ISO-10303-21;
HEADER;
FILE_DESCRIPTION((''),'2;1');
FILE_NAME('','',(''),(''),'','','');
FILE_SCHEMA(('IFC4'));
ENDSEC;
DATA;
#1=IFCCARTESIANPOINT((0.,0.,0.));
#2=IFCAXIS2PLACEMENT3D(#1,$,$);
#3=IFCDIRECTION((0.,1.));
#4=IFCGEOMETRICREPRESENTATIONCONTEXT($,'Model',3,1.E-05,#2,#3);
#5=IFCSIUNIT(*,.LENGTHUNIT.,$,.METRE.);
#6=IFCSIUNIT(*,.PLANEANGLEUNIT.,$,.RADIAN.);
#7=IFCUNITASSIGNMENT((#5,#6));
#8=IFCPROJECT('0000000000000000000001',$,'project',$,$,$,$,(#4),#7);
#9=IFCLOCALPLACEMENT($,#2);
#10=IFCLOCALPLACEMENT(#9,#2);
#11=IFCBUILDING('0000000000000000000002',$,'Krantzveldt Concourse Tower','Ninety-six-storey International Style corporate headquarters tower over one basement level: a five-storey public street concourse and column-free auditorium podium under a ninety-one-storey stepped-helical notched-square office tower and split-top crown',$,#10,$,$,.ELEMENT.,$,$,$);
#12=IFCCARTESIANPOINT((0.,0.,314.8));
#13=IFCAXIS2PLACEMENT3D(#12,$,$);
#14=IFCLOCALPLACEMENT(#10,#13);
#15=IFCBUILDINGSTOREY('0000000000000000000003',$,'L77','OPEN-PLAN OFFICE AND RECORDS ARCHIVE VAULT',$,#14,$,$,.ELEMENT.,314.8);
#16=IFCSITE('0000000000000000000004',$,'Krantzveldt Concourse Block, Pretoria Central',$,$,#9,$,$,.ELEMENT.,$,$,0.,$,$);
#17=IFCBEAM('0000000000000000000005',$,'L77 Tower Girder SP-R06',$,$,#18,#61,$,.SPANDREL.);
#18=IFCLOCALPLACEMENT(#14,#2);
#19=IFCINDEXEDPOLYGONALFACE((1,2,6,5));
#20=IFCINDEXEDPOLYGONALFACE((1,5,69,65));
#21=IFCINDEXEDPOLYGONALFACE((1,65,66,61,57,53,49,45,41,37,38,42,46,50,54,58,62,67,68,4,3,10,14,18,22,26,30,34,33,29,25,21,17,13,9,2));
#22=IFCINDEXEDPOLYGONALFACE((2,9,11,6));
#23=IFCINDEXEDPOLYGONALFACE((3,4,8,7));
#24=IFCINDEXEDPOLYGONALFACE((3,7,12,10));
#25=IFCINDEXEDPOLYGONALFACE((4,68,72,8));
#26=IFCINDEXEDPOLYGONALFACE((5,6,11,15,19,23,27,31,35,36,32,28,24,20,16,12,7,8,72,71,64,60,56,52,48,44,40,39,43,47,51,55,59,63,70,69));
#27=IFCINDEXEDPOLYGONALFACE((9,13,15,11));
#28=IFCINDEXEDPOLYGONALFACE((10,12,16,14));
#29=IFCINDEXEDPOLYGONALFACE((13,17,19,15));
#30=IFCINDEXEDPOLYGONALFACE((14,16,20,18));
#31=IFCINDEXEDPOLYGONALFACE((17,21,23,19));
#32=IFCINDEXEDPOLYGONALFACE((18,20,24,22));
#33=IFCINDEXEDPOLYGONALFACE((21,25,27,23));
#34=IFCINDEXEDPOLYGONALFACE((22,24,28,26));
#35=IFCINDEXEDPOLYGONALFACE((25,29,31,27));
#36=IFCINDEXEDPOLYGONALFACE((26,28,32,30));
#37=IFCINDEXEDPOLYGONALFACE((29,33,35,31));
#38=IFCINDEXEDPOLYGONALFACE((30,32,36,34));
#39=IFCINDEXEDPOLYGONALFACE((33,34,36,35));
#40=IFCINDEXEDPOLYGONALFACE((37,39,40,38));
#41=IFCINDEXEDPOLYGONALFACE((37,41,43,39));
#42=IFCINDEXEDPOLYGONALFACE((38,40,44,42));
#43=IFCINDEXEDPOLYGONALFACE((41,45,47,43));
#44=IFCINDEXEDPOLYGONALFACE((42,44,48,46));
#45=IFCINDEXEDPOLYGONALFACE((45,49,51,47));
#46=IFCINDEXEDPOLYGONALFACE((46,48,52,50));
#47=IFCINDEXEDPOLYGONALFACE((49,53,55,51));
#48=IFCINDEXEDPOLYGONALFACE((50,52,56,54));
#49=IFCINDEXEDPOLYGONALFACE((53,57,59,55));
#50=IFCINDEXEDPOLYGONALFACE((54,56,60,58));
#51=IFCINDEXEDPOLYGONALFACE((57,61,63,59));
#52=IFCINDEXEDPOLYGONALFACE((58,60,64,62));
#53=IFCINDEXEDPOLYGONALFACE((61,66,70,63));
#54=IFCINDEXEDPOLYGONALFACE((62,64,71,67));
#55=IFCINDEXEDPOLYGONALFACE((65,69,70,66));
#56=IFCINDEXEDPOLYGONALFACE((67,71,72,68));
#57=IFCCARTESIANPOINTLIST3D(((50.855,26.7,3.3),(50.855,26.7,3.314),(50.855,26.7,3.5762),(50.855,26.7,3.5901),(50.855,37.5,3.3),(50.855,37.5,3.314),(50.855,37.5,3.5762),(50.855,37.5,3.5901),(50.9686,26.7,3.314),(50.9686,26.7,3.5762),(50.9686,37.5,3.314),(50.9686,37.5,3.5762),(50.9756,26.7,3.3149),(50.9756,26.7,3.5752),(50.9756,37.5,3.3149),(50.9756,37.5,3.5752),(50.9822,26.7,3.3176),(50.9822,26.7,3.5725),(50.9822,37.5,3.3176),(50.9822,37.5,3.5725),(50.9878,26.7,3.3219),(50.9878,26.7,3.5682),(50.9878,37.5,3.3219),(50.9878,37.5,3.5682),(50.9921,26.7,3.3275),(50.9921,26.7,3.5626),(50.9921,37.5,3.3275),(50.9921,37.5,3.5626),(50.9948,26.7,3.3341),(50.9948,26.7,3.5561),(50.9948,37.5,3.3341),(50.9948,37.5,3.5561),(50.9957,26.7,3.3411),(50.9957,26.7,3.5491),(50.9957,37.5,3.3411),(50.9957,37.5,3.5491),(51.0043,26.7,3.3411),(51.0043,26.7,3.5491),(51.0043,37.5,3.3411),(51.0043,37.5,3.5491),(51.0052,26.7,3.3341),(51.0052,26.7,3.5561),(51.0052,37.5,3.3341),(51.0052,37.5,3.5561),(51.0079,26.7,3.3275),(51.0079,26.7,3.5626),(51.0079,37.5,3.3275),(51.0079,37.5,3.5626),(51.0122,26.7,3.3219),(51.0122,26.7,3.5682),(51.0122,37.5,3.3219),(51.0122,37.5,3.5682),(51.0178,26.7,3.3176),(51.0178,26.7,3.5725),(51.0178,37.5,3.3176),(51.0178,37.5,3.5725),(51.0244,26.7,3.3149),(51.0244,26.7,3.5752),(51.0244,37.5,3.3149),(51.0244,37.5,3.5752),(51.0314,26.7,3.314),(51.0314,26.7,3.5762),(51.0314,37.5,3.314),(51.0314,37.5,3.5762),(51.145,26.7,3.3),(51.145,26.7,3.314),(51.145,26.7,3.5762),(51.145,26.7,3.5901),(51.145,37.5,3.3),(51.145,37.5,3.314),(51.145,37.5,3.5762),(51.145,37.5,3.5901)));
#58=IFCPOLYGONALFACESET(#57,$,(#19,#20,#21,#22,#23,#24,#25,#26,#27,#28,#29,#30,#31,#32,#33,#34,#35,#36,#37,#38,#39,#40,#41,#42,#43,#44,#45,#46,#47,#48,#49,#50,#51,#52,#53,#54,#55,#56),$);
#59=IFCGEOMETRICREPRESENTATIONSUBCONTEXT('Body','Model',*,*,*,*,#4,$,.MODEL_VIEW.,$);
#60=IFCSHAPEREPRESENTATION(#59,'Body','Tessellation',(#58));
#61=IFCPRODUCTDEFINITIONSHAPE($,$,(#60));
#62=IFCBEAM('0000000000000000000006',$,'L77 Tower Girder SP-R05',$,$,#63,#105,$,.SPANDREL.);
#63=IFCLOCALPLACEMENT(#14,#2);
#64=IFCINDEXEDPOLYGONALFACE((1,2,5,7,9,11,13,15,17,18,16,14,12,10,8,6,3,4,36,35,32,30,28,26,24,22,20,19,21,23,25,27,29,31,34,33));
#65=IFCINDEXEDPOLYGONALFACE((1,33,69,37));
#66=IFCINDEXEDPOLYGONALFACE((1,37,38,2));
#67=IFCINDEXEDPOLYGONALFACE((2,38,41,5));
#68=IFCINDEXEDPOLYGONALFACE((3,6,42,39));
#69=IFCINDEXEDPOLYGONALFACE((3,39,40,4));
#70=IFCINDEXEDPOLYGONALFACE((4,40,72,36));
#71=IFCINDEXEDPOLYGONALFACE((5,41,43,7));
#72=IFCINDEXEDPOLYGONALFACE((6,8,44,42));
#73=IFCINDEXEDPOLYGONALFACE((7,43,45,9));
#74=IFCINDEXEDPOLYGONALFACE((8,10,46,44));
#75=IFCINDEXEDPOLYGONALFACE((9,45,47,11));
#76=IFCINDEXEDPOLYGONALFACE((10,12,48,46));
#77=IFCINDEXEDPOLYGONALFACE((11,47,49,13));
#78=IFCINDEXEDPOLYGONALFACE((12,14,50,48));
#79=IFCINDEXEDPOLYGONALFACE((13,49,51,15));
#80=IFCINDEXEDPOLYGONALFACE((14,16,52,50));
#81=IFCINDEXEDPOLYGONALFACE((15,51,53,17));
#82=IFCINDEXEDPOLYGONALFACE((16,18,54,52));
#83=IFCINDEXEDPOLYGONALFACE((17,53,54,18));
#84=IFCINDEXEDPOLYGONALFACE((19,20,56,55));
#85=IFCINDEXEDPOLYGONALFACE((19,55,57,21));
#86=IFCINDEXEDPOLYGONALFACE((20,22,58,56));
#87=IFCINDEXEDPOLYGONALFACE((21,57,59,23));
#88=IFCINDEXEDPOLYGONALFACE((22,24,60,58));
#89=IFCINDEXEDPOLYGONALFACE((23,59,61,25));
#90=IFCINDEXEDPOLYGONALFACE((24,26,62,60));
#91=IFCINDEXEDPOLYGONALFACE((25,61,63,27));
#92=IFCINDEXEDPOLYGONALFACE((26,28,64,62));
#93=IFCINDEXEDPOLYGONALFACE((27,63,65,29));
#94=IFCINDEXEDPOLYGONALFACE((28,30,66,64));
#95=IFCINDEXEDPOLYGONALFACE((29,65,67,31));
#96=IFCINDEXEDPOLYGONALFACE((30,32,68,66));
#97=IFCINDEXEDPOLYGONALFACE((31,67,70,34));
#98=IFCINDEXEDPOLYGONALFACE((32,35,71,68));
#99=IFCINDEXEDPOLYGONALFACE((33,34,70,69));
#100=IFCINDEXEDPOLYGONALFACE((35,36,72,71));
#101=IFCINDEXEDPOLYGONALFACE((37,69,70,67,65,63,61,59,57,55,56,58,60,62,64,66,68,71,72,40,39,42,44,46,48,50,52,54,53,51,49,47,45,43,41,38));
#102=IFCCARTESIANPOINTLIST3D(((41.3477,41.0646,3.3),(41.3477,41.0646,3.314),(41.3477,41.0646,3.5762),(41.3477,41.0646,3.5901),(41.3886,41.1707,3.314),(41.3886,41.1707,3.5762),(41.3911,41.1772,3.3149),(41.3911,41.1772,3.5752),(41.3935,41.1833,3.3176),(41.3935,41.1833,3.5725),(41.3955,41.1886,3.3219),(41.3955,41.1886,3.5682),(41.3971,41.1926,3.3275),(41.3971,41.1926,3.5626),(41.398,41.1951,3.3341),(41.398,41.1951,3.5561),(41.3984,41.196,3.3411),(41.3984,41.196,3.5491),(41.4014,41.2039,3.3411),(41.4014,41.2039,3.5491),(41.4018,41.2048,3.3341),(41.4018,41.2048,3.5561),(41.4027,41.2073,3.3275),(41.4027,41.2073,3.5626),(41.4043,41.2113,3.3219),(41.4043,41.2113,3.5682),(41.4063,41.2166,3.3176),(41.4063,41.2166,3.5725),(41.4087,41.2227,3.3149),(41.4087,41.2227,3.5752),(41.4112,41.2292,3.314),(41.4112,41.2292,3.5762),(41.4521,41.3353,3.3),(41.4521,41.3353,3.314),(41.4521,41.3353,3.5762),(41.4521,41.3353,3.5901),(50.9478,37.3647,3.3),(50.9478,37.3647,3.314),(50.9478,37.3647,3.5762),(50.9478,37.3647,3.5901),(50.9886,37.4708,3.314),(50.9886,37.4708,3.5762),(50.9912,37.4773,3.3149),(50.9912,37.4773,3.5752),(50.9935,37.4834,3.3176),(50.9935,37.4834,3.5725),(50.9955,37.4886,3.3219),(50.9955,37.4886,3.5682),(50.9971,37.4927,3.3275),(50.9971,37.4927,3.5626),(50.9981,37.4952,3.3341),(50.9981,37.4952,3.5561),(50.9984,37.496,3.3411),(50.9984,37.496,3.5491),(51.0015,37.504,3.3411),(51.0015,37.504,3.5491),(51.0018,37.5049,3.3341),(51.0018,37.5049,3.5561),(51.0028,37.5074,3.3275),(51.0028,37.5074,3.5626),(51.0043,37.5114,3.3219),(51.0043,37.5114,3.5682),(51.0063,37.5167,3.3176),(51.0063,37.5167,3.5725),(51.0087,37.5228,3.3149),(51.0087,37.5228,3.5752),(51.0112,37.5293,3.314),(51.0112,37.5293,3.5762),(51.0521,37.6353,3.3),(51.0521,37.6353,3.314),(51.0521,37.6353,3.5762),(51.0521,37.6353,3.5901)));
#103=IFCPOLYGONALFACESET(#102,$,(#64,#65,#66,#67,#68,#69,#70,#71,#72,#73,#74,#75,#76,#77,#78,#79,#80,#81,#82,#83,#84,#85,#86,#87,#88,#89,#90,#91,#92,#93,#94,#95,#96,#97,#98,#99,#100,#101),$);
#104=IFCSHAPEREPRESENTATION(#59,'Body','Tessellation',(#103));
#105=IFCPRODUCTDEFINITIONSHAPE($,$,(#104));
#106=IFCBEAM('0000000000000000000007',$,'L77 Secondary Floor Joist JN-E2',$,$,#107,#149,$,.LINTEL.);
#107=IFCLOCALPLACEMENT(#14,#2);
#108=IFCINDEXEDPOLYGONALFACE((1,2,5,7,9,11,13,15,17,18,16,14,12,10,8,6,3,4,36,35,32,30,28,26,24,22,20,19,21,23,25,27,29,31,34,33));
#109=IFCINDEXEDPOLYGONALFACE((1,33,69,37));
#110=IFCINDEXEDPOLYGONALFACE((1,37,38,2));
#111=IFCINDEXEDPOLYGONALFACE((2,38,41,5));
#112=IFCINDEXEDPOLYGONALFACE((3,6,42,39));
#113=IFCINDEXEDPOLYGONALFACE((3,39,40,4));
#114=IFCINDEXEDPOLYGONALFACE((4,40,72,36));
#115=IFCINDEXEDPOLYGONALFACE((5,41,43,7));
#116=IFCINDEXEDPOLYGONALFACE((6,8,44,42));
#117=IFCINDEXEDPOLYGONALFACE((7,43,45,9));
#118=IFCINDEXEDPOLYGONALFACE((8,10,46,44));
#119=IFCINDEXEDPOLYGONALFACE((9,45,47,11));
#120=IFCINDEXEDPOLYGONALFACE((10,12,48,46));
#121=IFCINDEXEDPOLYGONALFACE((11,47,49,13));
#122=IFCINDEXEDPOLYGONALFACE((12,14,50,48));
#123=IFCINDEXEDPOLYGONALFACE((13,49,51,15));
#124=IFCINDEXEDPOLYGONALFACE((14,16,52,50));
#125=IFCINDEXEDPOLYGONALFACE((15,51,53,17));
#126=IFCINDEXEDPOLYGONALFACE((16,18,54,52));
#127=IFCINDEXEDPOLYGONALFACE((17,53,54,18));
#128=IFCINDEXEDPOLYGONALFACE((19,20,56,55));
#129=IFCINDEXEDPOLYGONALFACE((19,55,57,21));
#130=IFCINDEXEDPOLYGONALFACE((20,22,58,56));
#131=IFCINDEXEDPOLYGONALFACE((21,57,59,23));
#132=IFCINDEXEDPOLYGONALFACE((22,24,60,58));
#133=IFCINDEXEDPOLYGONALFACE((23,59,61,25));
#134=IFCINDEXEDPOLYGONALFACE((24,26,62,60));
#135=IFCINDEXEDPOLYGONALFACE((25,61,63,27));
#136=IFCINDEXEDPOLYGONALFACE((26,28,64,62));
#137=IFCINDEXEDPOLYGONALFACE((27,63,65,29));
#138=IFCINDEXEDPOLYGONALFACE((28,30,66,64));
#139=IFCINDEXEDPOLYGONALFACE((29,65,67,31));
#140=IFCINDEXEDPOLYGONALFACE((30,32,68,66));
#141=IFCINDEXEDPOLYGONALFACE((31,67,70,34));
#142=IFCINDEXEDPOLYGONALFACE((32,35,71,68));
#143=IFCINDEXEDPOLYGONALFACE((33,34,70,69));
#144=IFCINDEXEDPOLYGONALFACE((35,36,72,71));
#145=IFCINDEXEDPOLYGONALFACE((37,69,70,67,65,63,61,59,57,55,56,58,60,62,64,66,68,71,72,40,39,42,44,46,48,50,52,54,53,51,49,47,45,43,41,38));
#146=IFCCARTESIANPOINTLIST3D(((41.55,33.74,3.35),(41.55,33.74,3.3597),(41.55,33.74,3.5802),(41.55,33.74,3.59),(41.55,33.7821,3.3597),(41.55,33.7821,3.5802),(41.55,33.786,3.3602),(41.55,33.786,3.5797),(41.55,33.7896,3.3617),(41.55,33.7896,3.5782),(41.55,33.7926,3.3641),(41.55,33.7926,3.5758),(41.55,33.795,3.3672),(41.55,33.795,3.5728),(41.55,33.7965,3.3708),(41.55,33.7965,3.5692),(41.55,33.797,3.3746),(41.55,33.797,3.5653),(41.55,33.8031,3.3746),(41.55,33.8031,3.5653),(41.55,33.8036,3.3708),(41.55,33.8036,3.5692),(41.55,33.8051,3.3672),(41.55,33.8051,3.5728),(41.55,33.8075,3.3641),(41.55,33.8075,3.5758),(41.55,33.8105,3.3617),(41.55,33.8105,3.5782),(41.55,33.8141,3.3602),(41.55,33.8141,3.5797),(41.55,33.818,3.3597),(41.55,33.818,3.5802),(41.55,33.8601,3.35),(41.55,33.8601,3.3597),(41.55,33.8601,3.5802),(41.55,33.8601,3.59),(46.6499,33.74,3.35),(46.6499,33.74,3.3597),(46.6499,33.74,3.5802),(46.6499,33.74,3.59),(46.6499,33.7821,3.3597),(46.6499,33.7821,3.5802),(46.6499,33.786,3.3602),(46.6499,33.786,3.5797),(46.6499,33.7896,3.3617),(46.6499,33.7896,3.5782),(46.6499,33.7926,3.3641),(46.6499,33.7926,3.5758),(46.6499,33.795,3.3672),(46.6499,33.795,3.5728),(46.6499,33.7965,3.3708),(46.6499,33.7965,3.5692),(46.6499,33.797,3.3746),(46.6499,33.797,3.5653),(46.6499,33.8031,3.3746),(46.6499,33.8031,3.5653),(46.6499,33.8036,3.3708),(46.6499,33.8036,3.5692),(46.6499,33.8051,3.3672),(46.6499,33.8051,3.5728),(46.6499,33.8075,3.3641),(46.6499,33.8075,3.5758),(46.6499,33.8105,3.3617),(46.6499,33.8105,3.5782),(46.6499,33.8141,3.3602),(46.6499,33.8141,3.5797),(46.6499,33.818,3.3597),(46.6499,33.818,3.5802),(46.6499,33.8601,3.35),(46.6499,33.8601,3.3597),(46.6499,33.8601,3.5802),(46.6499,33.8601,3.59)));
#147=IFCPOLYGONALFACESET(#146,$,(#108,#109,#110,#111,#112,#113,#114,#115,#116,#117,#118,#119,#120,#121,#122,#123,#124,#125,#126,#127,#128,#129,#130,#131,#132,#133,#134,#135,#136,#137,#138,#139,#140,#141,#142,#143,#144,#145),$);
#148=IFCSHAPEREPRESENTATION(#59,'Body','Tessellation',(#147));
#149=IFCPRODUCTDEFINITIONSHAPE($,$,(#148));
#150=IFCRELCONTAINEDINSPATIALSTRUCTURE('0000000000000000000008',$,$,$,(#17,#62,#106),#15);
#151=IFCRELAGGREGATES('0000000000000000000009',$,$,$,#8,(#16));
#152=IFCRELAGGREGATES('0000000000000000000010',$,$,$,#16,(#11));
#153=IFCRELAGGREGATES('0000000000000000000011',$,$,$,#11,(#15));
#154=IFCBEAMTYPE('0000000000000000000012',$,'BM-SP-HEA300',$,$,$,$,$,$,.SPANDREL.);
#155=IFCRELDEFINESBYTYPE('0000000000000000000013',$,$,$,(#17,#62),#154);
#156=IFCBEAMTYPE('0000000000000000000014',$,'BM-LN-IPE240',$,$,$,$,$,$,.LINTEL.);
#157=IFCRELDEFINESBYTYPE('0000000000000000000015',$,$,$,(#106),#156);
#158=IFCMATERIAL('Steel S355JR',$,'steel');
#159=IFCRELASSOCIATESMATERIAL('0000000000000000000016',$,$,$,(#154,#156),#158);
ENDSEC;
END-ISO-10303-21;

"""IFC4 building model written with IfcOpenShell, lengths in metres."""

from ifc_helpers import new_model, si_unit, direction, frame, origin, origin_2d, place, context, subcontext, project, spatial, i_section, extrude, source, transform, mapped, material, material_profile, profile_set, type_object, type_shapes, element, save


model = new_model("IFC4")

# Units and contexts
model_context = context("Model", 3, precision=1e-05, world=origin(), true_north=direction((0.0, 1.0)))
body_context = subcontext(model_context, "Body", "Model", "MODEL_VIEW")
ifc_project = project(units=[si_unit("LENGTHUNIT", "METRE"), si_unit("PLANEANGLEUNIT", "RADIAN")], contexts=[model_context])

# Site, building, storey
site_placement = place(None, origin())
site = spatial("IfcSite", under=ifc_project, at=site_placement, Name="Krantzveldt Concourse Block, Pretoria Central", CompositionType="ELEMENT", RefElevation=0.0)
building_placement = place(site_placement, origin())
building = spatial("IfcBuilding", under=site, at=building_placement, Name="Krantzveldt Concourse Tower", Description="Ninety-six-storey International Style corporate headquarters tower over one basement level: a five-storey public street concourse and column-free auditorium podium under a ninety-one-storey stepped-helical notched-square office tower and split-top crown", CompositionType="ELEMENT")
storey_placement = place(building_placement, frame((0.0, 0.0, 314.8)))
storey = spatial("IfcBuildingStorey", under=building, at=storey_placement, Name="L77", Description="OPEN-PLAN OFFICE AND RECORDS ARCHIVE VAULT", CompositionType="ELEMENT", Elevation=314.8)

# Beams
ifc_material_1 = material(Name="Steel S355JR", Category="steel")
ifc_material_profile_1 = material_profile(ifc_material_1, i_section(OverallWidth=0.29, OverallDepth=0.29, WebThickness=0.0085, FlangeThickness=0.0139, FilletRadius=0.0271, at=origin_2d()), Name="Steel S355JR", Category="steel")
ifc_profile_set_1 = profile_set([ifc_material_profile_1], Name="Steel S355JR - HEA 300")
beam_type_1 = type_object("IfcBeamType", Name="BM-SP-HEA300", PredefinedType="SPANDREL", material=ifc_profile_set_1)
shared_shape_1 = source(origin(), body_context, "Body", "SweptSolid", [
    extrude(i_section(OverallWidth=0.29, OverallDepth=0.29, WebThickness=0.0085, FlangeThickness=0.0139, FilletRadius=0.0271, at=origin_2d()), origin(), (0.0, 0.0, 1.0), 10.8),
])
beam_1_placement = place(storey_placement, frame((51.0, 37.5, 3.4451), z_axis=(0.0, -1.0, 0.0), x_axis=(1.0, 0.0, 0.0)))
element("IfcBeam", 1, at=beam_1_placement, inside=storey, type_object=beam_type_1, Name="L77 Tower Girder SP-R06", PredefinedType="SPANDREL", context=body_context, shape_type="MappedRepresentation", body=[
    mapped(shared_shape_1, transform((0.0, 0.0, 0.0), x_axis=(1.0, 0.0, 0.0), y_axis=(0.0, 1.0, 0.0), z_axis=(0.0, 0.0, 1.0), scale=1.0)),
])
shared_shape_2 = source(origin(), body_context, "Body", "SweptSolid", [
    extrude(i_section(OverallWidth=0.29, OverallDepth=0.29, WebThickness=0.0085, FlangeThickness=0.0139, FilletRadius=0.0271, at=origin_2d()), origin(), (0.0, 0.0, 1.0), 10.2883),
])
type_shapes(beam_type_1, [shared_shape_1, shared_shape_2])
beam_2_placement = place(storey_placement, frame((41.3999, 41.2, 3.4451), z_axis=(0.933098, -0.359623, 0.0), x_axis=(0.359623, 0.933098, 0.0)))
element("IfcBeam", 2, at=beam_2_placement, inside=storey, type_object=beam_type_1, Name="L77 Tower Girder SP-R05", PredefinedType="SPANDREL", context=body_context, shape_type="MappedRepresentation", body=[
    mapped(shared_shape_2, transform((0.0, 0.0, 0.0), x_axis=(1.0, 0.0, 0.0), y_axis=(0.0, 1.0, 0.0), z_axis=(0.0, 0.0, 1.0), scale=1.0)),
])
ifc_material_profile_2 = material_profile(ifc_material_1, i_section(OverallWidth=0.1201, OverallDepth=0.24, WebThickness=0.0061, FlangeThickness=0.0098, FilletRadius=0.0149, at=origin_2d()), Name="Steel S355JR", Category="steel")
ifc_profile_set_2 = profile_set([ifc_material_profile_2], Name="Steel S355JR - IPE 240")
beam_type_2 = type_object("IfcBeamType", Name="BM-LN-IPE240", PredefinedType="LINTEL", material=ifc_profile_set_2)
shared_shape_3 = source(origin(), body_context, "Body", "SweptSolid", [
    extrude(i_section(OverallWidth=0.1201, OverallDepth=0.24, WebThickness=0.0061, FlangeThickness=0.0098, FilletRadius=0.0149, at=origin_2d()), origin(), (0.0, 0.0, 1.0), 5.0999),
])
type_shapes(beam_type_2, [shared_shape_3])
beam_3_placement = place(storey_placement, frame((41.55, 33.8, 3.47), z_axis=(1.0, 0.0, 0.0), x_axis=(0.0, 1.0, 0.0)))
element("IfcBeam", 3, at=beam_3_placement, inside=storey, type_object=beam_type_2, Name="L77 Secondary Floor Joist JN-E2", PredefinedType="LINTEL", context=body_context, shape_type="MappedRepresentation", body=[
    mapped(shared_shape_3, transform((0.0, 0.0, 0.0), x_axis=(1.0, 0.0, 0.0), y_axis=(0.0, 1.0, 0.0), z_axis=(0.0, 0.0, 1.0), scale=1.0)),
])

save(model, "model.ifc")
